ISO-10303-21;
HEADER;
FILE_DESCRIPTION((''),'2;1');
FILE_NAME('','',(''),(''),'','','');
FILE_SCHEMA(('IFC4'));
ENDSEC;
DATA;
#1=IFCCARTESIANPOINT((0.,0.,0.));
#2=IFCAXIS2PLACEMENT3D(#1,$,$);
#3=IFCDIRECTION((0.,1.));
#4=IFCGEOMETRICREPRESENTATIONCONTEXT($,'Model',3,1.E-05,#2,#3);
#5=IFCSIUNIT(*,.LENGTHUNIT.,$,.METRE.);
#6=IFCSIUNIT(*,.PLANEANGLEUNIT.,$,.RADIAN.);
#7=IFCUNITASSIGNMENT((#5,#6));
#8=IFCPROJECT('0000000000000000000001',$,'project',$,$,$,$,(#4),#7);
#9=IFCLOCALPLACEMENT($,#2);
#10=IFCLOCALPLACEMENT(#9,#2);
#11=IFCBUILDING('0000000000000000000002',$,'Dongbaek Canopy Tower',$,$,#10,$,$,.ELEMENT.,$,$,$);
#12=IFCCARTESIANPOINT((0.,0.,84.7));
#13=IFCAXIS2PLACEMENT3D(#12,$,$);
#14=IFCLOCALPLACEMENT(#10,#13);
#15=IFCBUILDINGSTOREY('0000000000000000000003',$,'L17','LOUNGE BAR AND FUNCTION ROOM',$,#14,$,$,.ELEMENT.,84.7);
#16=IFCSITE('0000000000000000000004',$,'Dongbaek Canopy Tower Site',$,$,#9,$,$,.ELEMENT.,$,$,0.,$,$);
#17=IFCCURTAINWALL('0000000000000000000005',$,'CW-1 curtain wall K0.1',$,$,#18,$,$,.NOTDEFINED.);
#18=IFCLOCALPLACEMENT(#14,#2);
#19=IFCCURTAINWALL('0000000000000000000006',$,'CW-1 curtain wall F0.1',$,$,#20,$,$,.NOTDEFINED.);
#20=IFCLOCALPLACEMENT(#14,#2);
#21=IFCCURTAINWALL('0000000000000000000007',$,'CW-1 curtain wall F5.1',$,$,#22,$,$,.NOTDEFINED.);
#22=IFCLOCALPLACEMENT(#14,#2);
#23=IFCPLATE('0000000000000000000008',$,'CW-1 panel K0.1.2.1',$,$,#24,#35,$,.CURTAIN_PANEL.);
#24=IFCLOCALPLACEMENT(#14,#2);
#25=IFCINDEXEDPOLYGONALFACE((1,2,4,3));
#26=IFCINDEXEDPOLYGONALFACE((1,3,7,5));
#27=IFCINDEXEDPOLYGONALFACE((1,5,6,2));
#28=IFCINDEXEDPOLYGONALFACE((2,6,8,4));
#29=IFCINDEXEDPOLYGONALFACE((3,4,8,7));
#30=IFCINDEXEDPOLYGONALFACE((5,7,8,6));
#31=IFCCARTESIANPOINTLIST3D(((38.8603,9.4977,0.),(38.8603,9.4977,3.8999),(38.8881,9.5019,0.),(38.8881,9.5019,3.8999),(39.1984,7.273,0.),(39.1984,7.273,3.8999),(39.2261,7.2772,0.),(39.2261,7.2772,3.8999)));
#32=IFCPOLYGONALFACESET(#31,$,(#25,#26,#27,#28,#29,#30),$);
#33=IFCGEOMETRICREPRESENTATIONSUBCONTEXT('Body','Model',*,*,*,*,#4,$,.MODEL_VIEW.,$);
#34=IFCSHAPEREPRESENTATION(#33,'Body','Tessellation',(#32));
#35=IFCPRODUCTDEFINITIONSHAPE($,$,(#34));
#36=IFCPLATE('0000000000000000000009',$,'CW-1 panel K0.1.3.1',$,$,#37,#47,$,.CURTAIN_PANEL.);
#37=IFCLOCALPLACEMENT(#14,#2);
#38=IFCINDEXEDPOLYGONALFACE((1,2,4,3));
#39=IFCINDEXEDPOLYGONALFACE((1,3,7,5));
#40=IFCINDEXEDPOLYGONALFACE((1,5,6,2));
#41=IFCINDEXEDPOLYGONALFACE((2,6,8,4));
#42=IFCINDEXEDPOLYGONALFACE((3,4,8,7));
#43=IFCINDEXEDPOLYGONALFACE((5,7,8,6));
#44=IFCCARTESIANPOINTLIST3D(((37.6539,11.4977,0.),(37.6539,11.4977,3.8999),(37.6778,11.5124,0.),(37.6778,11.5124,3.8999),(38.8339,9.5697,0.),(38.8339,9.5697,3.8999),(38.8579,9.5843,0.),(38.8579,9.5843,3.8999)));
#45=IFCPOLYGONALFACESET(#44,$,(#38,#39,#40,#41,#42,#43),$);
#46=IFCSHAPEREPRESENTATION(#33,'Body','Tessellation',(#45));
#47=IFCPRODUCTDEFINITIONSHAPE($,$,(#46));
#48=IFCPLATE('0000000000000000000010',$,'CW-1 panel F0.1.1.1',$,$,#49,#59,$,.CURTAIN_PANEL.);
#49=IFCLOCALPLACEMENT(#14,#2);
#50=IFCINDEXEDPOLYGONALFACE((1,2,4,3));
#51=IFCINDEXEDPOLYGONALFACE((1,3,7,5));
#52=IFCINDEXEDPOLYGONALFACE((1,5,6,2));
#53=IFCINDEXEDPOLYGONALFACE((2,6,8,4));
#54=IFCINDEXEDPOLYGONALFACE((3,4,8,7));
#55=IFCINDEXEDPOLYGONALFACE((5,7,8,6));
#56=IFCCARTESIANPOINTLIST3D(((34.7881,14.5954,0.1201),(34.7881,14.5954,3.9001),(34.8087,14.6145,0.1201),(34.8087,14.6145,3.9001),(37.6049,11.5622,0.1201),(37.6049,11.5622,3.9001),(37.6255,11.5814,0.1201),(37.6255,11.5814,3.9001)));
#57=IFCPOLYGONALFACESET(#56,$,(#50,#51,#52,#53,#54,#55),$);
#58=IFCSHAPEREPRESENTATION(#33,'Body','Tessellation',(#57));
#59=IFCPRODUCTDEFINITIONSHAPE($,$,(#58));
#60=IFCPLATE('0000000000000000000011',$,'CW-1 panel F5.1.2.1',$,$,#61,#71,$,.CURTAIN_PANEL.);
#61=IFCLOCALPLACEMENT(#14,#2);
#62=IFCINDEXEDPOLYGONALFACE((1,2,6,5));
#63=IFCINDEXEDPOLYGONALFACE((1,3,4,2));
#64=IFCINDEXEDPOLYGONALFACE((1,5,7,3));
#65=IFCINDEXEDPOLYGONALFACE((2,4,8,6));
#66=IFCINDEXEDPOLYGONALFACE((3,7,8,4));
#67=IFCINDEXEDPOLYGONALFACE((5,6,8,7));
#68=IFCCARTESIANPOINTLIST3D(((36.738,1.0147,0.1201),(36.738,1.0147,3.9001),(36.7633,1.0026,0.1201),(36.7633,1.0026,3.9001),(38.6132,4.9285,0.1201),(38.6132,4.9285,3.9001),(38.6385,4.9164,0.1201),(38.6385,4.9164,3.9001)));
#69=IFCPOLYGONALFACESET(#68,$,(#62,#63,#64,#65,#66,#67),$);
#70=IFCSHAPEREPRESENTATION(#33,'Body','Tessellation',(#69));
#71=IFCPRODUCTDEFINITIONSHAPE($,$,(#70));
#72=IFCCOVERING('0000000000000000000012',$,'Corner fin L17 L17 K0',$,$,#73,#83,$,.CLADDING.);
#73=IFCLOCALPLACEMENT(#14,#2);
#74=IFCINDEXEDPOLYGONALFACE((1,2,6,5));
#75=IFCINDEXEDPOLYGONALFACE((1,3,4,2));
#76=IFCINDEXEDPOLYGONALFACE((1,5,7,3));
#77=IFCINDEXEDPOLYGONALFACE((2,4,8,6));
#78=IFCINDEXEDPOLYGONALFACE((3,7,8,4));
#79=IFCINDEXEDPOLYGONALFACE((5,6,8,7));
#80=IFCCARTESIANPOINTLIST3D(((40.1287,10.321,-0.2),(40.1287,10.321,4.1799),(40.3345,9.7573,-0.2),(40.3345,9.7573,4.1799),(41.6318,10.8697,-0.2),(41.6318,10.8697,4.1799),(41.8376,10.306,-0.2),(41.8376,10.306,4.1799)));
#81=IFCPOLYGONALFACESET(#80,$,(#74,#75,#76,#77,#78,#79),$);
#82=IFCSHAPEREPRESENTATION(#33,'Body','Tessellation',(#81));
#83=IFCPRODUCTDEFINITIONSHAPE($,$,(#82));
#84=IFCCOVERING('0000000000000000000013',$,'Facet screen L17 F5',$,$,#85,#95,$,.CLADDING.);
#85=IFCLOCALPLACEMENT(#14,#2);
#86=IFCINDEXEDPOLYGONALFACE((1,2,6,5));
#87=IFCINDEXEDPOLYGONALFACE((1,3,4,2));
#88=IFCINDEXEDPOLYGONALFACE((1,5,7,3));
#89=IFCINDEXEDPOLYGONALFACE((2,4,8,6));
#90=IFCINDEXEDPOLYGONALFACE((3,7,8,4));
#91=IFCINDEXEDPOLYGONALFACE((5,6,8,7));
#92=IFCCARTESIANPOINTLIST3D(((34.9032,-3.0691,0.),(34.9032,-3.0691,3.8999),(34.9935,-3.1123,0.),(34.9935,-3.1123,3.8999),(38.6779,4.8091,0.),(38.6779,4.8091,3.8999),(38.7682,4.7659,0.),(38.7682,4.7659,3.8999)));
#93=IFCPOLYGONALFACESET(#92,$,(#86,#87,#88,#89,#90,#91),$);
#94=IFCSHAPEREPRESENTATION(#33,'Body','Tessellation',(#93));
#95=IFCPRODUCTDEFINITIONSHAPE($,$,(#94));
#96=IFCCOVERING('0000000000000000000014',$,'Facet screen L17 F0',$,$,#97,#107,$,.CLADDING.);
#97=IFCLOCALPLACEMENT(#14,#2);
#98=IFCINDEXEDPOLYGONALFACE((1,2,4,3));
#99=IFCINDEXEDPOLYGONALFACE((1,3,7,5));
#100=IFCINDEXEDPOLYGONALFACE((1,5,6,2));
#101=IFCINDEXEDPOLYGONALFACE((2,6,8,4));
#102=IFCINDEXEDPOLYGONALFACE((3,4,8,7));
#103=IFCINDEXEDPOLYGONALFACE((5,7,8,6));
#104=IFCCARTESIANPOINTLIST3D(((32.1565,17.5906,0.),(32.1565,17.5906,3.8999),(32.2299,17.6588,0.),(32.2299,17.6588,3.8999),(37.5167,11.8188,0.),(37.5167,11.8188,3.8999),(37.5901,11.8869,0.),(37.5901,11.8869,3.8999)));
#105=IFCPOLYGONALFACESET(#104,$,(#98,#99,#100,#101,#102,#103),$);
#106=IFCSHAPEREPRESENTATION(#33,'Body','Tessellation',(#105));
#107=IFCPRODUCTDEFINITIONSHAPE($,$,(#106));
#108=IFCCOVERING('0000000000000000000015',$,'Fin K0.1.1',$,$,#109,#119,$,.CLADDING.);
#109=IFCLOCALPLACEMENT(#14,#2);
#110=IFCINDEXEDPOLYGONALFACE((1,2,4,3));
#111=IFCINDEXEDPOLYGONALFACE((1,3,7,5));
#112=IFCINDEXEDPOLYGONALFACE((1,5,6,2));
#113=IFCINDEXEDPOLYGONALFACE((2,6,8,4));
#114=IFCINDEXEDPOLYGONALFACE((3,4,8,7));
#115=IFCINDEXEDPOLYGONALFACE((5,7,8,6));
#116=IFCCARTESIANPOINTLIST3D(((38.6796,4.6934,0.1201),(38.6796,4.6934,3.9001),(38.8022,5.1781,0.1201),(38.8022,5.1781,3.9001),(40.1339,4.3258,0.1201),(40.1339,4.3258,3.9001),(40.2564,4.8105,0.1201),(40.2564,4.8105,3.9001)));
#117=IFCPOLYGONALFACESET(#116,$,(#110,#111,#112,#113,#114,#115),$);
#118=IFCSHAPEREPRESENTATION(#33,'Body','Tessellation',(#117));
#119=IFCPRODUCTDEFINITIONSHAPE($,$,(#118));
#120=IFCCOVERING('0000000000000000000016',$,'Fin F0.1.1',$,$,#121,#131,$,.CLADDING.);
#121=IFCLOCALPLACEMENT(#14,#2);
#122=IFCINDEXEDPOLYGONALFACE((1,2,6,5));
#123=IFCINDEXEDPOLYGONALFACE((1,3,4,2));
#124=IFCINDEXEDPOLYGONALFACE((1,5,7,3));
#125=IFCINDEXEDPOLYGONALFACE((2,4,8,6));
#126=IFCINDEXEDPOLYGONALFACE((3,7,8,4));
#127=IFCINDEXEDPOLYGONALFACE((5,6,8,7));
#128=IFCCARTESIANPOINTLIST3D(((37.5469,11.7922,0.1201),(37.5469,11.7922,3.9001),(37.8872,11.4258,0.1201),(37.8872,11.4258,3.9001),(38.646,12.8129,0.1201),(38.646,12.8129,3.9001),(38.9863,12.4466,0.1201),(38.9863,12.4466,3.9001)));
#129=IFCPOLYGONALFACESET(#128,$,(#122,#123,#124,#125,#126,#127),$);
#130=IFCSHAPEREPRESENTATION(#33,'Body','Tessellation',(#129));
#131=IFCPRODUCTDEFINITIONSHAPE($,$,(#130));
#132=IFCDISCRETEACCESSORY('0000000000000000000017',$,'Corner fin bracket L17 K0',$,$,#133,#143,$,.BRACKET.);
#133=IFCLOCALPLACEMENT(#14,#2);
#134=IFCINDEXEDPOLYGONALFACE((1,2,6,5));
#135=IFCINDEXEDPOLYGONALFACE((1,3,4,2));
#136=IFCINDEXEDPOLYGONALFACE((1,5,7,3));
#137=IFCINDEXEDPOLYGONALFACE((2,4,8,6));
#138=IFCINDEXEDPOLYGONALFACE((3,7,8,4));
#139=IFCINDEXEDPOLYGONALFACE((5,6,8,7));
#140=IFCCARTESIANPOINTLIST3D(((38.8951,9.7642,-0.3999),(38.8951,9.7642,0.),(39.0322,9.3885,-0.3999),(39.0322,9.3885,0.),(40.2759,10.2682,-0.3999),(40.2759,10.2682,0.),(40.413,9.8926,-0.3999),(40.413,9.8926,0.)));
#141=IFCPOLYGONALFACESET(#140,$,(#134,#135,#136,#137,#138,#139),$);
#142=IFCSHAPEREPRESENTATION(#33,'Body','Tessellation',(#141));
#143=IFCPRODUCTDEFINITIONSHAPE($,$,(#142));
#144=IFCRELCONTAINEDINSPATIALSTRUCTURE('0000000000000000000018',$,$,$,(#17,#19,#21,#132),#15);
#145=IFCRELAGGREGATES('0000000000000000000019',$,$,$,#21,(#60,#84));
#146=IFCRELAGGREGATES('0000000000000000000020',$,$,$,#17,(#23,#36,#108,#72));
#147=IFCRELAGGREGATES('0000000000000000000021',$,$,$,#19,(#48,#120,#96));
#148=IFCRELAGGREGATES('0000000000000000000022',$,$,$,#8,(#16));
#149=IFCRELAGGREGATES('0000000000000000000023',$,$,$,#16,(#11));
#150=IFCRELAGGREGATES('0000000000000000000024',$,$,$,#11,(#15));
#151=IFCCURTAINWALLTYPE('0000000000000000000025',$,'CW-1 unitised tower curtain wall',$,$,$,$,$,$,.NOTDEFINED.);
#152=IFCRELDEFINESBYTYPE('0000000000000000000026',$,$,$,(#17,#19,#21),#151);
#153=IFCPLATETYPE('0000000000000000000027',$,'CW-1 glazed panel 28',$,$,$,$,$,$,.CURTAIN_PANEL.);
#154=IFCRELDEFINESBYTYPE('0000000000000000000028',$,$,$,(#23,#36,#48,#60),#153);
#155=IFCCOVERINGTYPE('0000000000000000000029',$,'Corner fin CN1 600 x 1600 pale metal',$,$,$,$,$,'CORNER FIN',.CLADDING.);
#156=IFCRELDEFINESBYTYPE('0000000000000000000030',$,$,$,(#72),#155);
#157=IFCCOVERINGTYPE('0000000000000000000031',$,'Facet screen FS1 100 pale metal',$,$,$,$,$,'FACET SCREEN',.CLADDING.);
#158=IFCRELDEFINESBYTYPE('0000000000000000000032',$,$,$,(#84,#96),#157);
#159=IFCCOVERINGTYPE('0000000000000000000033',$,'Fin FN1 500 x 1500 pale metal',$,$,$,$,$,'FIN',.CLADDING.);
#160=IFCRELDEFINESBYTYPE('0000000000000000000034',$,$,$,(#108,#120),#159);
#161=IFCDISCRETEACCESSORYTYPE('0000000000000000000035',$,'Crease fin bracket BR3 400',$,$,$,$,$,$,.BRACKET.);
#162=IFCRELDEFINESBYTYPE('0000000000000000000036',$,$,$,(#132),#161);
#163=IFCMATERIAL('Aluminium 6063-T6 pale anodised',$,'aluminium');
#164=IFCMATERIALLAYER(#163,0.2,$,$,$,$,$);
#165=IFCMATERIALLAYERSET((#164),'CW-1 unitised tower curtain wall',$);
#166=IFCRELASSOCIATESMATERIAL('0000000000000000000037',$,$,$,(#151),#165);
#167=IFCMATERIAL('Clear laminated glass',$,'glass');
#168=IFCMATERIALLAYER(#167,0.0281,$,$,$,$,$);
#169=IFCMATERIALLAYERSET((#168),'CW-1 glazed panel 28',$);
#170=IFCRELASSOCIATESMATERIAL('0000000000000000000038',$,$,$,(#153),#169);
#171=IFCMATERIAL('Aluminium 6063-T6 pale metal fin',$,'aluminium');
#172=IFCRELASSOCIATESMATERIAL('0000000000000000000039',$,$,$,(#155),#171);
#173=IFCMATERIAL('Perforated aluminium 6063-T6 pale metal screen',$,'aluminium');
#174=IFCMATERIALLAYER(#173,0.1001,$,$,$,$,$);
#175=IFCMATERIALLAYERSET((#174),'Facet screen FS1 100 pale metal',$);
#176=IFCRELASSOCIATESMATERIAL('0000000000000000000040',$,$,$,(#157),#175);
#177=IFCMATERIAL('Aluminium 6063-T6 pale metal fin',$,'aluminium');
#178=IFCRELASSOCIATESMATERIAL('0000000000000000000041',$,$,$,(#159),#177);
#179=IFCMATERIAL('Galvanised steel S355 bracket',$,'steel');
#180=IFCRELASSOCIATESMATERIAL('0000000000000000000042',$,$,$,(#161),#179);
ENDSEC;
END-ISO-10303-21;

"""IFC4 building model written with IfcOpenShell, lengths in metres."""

from ifc_helpers import new_model, si_unit, direction, frame, origin, origin_2d, place, context, subcontext, project, spatial, rectangle, extrude, material, layer, layer_set, material_profile, profile_set, type_object, element, aggregate, save


model = new_model("IFC4")

# Units and contexts
model_context = context("Model", 3, precision=1e-05, world=origin(), true_north=direction((0.0, 1.0)))
body_context = subcontext(model_context, "Body", "Model", "MODEL_VIEW")
ifc_project = project(units=[si_unit("LENGTHUNIT", "METRE"), si_unit("PLANEANGLEUNIT", "RADIAN")], contexts=[model_context])

# Site, building, storey
site_placement = place(None, origin())
site = spatial("IfcSite", under=ifc_project, at=site_placement, Name="Dongbaek Canopy Tower Site", CompositionType="ELEMENT", RefElevation=0.0)
building_placement = place(site_placement, origin())
building = spatial("IfcBuilding", under=site, at=building_placement, Name="Dongbaek Canopy Tower", CompositionType="ELEMENT")
storey_placement = place(building_placement, frame((0.0, 0.0, 84.7)))
storey = spatial("IfcBuildingStorey", under=building, at=storey_placement, Name="L17", Description="LOUNGE BAR AND FUNCTION ROOM", CompositionType="ELEMENT", Elevation=84.7)

# Curtain wall
ifc_material_1 = material(Name="Aluminium 6063-T6 pale anodised", Category="aluminium")
ifc_layer_1 = layer(ifc_material_1, 0.2)
ifc_layer_set_1 = layer_set([ifc_layer_1], Name="CW-1 unitised tower curtain wall")
curtain_wall_type = type_object("IfcCurtainWallType", Name="CW-1 unitised tower curtain wall", PredefinedType="NOTDEFINED", material=ifc_layer_set_1)
curtain_wall_1_placement = place(storey_placement, origin())
curtain_wall_1 = element("IfcCurtainWall", 1, at=curtain_wall_1_placement, inside=storey, type_object=curtain_wall_type, Name="CW-1 curtain wall K0.1", PredefinedType="NOTDEFINED")

# Curtain walls
curtain_wall_2_placement = place(storey_placement, origin())
curtain_wall_2 = element("IfcCurtainWall", 2, at=curtain_wall_2_placement, inside=storey, type_object=curtain_wall_type, Name="CW-1 curtain wall F0.1", PredefinedType="NOTDEFINED")
curtain_wall_3_placement = place(storey_placement, origin())
curtain_wall_3 = element("IfcCurtainWall", 3, at=curtain_wall_3_placement, inside=storey, type_object=curtain_wall_type, Name="CW-1 curtain wall F5.1", PredefinedType="NOTDEFINED")

# Plates
ifc_material_2 = material(Name="Clear laminated glass", Category="glass")
ifc_layer_2 = layer(ifc_material_2, 0.0281)
ifc_layer_set_2 = layer_set([ifc_layer_2], Name="CW-1 glazed panel 28")
plate_type = type_object("IfcPlateType", Name="CW-1 glazed panel 28", PredefinedType="CURTAIN_PANEL", material=ifc_layer_set_2)
plate_1_placement = place(storey_placement, frame((39.0432, 8.3875, 0.0), z_axis=(0.0, 0.0, 1.0), x_axis=(-0.15024, 0.98865, 0.0)))
plate_1 = element("IfcPlate", 4, at=plate_1_placement, type_object=plate_type, Name="CW-1 panel K0.1.2.1", PredefinedType="CURTAIN_PANEL", context=body_context, shape_type="SweptSolid", body=[
    extrude(rectangle(XDim=2.2502, YDim=0.0281, at=origin_2d()), origin(), (0.0, 0.0, 1.0), 3.8999),
])
plate_2_placement = place(storey_placement, frame((38.2559, 10.541, 0.0), z_axis=(0.0, 0.0, 1.0), x_axis=(-0.52203, 0.852927, 0.0)))
plate_2 = element("IfcPlate", 5, at=plate_2_placement, type_object=plate_type, Name="CW-1 panel K0.1.3.1", PredefinedType="CURTAIN_PANEL", context=body_context, shape_type="SweptSolid", body=[
    extrude(rectangle(XDim=2.2605, YDim=0.0281, at=origin_2d()), origin(), (0.0, 0.0, 1.0), 3.8999),
])
plate_3_placement = place(storey_placement, frame((36.2068, 13.0884, 0.1201), z_axis=(0.0, 0.0, 1.0), x_axis=(-0.680495, 0.732753, 0.0)))
plate_3 = element("IfcPlate", 6, at=plate_3_placement, type_object=plate_type, Name="CW-1 panel F0.1.1.1", PredefinedType="CURTAIN_PANEL", context=body_context, shape_type="SweptSolid", body=[
    extrude(rectangle(XDim=4.1394, YDim=0.0281, at=origin_2d()), origin(), (0.0, 0.0, 1.0), 3.78),
])
plate_4_placement = place(storey_placement, frame((37.6882, 2.9656, 0.1201), z_axis=(0.0, 0.0, 1.0), x_axis=(0.432096, 0.901828, 0.0)))
plate_4 = element("IfcPlate", 7, at=plate_4_placement, type_object=plate_type, Name="CW-1 panel F5.1.2.1", PredefinedType="CURTAIN_PANEL", context=body_context, shape_type="SweptSolid", body=[
    extrude(rectangle(XDim=4.3398, YDim=0.0281, at=origin_2d()), origin(), (0.0, 0.0, 1.0), 3.78),
])

# Coverings
ifc_material_3 = material(Name="Aluminium 6063-T6 pale metal fin", Category="aluminium")
ifc_material_profile_1 = material_profile(ifc_material_3, rectangle(XDim=1.6001, YDim=0.6001, at=origin_2d()), Name="Corner fin CN1 600 x 1600 pale metal")
ifc_profile_set_1 = profile_set([ifc_material_profile_1], Name="Aluminium 6063-T6 pale metal fin")
covering_type_1 = type_object("IfcCoveringType", Name="Corner fin CN1 600 x 1600 pale metal", ElementType="CORNER FIN", PredefinedType="CLADDING", material=ifc_profile_set_1)
covering_1_placement = place(storey_placement, frame((40.9832, 10.3135, -0.2), z_axis=(0.0, 0.0, 1.0), x_axis=(0.939366, 0.342917, 0.0)))
covering_1 = element("IfcCovering", 8, at=covering_1_placement, type_object=covering_type_1, Name="Corner fin L17 L17 K0", PredefinedType="CLADDING", context=body_context, shape_type="SweptSolid", body=[
    extrude(rectangle(XDim=1.6001, YDim=0.6001, at=origin_2d()), origin(), (0.0, 0.0, 1.0), 4.3799),
])
ifc_material_4 = material(Name="Perforated aluminium 6063-T6 pale metal screen", Category="aluminium")
ifc_layer_3 = layer(ifc_material_4, 0.1001)
ifc_layer_set_3 = layer_set([ifc_layer_3], Name="Facet screen FS1 100 pale metal")
covering_type_2 = type_object("IfcCoveringType", Name="Facet screen FS1 100 pale metal", ElementType="FACET SCREEN", PredefinedType="CLADDING", material=ifc_layer_set_3)
covering_2_placement = place(storey_placement, frame((36.8357, 0.8484, 0.0), z_axis=(0.0, 0.0, 1.0), x_axis=(0.432095, 0.901828, 0.0)))
covering_2 = element("IfcCovering", 9, at=covering_2_placement, type_object=covering_type_2, Name="Facet screen L17 F5", PredefinedType="CLADDING", context=body_context, shape_type="SweptSolid", body=[
    extrude(rectangle(XDim=8.7358, YDim=0.1001, at=origin_2d()), origin(), (0.0, 0.0, 1.0), 3.8999),
])
aggregate(curtain_wall_3, [plate_4, covering_2])
covering_3_placement = place(storey_placement, frame((34.8733, 14.7388, 0.0), z_axis=(0.0, 0.0, 1.0), x_axis=(-0.680495, 0.732753, 0.0)))
covering_3 = element("IfcCovering", 10, at=covering_3_placement, type_object=covering_type_2, Name="Facet screen L17 F0", PredefinedType="CLADDING", context=body_context, shape_type="SweptSolid", body=[
    extrude(rectangle(XDim=7.877, YDim=0.1001, at=origin_2d()), origin(), (0.0, 0.0, 1.0), 3.8999),
])
ifc_material_5 = material(Name="Aluminium 6063-T6 pale metal fin", Category="aluminium")
ifc_material_profile_2 = material_profile(ifc_material_5, rectangle(XDim=1.5, YDim=0.5, at=origin_2d()), Name="Fin FN1 500 x 1500 pale metal")
ifc_profile_set_2 = profile_set([ifc_material_profile_2], Name="Aluminium 6063-T6 pale metal fin")
covering_type_3 = type_object("IfcCoveringType", Name="Fin FN1 500 x 1500 pale metal", ElementType="FIN", PredefinedType="CLADDING", material=ifc_profile_set_2)
covering_4_placement = place(storey_placement, frame((39.468, 4.752, 0.1201), z_axis=(0.0, 0.0, 1.0), x_axis=(0.969502, -0.245084, 0.0)))
covering_4 = element("IfcCovering", 11, at=covering_4_placement, type_object=covering_type_3, Name="Fin K0.1.1", PredefinedType="CLADDING", context=body_context, shape_type="SweptSolid", body=[
    extrude(rectangle(XDim=1.5, YDim=0.5, at=origin_2d()), origin(), (0.0, 0.0, 1.0), 3.78),
])
aggregate(curtain_wall_1, [plate_1, plate_2, covering_4, covering_1])
covering_5_placement = place(storey_placement, frame((38.2666, 12.1194, 0.1201), z_axis=(0.0, 0.0, 1.0), x_axis=(0.732753, 0.680495, 0.0)))
covering_5 = element("IfcCovering", 12, at=covering_5_placement, type_object=covering_type_3, Name="Fin F0.1.1", PredefinedType="CLADDING", context=body_context, shape_type="SweptSolid", body=[
    extrude(rectangle(XDim=1.5, YDim=0.5, at=origin_2d()), origin(), (0.0, 0.0, 1.0), 3.78),
])
aggregate(curtain_wall_2, [plate_3, covering_5, covering_3])

# Discrete accessory
ifc_material_6 = material(Name="Galvanised steel S355 bracket", Category="steel")
discrete_accessory_type = type_object("IfcDiscreteAccessoryType", Name="Crease fin bracket BR3 400", PredefinedType="BRACKET", material=ifc_material_6)
discrete_accessory_placement = place(storey_placement, frame((39.6541, 9.8284, -0.3999), z_axis=(0.0, 0.0, 1.0), x_axis=(0.939366, 0.342917, 0.0)))
element("IfcDiscreteAccessory", 13, at=discrete_accessory_placement, inside=storey, type_object=discrete_accessory_type, Name="Corner fin bracket L17 K0", PredefinedType="BRACKET", context=body_context, shape_type="SweptSolid", body=[
    extrude(rectangle(XDim=1.47, YDim=0.3999, at=origin_2d()), origin(), (0.0, 0.0, 1.0), 0.3999),
])

save(model, "model.ifc")
